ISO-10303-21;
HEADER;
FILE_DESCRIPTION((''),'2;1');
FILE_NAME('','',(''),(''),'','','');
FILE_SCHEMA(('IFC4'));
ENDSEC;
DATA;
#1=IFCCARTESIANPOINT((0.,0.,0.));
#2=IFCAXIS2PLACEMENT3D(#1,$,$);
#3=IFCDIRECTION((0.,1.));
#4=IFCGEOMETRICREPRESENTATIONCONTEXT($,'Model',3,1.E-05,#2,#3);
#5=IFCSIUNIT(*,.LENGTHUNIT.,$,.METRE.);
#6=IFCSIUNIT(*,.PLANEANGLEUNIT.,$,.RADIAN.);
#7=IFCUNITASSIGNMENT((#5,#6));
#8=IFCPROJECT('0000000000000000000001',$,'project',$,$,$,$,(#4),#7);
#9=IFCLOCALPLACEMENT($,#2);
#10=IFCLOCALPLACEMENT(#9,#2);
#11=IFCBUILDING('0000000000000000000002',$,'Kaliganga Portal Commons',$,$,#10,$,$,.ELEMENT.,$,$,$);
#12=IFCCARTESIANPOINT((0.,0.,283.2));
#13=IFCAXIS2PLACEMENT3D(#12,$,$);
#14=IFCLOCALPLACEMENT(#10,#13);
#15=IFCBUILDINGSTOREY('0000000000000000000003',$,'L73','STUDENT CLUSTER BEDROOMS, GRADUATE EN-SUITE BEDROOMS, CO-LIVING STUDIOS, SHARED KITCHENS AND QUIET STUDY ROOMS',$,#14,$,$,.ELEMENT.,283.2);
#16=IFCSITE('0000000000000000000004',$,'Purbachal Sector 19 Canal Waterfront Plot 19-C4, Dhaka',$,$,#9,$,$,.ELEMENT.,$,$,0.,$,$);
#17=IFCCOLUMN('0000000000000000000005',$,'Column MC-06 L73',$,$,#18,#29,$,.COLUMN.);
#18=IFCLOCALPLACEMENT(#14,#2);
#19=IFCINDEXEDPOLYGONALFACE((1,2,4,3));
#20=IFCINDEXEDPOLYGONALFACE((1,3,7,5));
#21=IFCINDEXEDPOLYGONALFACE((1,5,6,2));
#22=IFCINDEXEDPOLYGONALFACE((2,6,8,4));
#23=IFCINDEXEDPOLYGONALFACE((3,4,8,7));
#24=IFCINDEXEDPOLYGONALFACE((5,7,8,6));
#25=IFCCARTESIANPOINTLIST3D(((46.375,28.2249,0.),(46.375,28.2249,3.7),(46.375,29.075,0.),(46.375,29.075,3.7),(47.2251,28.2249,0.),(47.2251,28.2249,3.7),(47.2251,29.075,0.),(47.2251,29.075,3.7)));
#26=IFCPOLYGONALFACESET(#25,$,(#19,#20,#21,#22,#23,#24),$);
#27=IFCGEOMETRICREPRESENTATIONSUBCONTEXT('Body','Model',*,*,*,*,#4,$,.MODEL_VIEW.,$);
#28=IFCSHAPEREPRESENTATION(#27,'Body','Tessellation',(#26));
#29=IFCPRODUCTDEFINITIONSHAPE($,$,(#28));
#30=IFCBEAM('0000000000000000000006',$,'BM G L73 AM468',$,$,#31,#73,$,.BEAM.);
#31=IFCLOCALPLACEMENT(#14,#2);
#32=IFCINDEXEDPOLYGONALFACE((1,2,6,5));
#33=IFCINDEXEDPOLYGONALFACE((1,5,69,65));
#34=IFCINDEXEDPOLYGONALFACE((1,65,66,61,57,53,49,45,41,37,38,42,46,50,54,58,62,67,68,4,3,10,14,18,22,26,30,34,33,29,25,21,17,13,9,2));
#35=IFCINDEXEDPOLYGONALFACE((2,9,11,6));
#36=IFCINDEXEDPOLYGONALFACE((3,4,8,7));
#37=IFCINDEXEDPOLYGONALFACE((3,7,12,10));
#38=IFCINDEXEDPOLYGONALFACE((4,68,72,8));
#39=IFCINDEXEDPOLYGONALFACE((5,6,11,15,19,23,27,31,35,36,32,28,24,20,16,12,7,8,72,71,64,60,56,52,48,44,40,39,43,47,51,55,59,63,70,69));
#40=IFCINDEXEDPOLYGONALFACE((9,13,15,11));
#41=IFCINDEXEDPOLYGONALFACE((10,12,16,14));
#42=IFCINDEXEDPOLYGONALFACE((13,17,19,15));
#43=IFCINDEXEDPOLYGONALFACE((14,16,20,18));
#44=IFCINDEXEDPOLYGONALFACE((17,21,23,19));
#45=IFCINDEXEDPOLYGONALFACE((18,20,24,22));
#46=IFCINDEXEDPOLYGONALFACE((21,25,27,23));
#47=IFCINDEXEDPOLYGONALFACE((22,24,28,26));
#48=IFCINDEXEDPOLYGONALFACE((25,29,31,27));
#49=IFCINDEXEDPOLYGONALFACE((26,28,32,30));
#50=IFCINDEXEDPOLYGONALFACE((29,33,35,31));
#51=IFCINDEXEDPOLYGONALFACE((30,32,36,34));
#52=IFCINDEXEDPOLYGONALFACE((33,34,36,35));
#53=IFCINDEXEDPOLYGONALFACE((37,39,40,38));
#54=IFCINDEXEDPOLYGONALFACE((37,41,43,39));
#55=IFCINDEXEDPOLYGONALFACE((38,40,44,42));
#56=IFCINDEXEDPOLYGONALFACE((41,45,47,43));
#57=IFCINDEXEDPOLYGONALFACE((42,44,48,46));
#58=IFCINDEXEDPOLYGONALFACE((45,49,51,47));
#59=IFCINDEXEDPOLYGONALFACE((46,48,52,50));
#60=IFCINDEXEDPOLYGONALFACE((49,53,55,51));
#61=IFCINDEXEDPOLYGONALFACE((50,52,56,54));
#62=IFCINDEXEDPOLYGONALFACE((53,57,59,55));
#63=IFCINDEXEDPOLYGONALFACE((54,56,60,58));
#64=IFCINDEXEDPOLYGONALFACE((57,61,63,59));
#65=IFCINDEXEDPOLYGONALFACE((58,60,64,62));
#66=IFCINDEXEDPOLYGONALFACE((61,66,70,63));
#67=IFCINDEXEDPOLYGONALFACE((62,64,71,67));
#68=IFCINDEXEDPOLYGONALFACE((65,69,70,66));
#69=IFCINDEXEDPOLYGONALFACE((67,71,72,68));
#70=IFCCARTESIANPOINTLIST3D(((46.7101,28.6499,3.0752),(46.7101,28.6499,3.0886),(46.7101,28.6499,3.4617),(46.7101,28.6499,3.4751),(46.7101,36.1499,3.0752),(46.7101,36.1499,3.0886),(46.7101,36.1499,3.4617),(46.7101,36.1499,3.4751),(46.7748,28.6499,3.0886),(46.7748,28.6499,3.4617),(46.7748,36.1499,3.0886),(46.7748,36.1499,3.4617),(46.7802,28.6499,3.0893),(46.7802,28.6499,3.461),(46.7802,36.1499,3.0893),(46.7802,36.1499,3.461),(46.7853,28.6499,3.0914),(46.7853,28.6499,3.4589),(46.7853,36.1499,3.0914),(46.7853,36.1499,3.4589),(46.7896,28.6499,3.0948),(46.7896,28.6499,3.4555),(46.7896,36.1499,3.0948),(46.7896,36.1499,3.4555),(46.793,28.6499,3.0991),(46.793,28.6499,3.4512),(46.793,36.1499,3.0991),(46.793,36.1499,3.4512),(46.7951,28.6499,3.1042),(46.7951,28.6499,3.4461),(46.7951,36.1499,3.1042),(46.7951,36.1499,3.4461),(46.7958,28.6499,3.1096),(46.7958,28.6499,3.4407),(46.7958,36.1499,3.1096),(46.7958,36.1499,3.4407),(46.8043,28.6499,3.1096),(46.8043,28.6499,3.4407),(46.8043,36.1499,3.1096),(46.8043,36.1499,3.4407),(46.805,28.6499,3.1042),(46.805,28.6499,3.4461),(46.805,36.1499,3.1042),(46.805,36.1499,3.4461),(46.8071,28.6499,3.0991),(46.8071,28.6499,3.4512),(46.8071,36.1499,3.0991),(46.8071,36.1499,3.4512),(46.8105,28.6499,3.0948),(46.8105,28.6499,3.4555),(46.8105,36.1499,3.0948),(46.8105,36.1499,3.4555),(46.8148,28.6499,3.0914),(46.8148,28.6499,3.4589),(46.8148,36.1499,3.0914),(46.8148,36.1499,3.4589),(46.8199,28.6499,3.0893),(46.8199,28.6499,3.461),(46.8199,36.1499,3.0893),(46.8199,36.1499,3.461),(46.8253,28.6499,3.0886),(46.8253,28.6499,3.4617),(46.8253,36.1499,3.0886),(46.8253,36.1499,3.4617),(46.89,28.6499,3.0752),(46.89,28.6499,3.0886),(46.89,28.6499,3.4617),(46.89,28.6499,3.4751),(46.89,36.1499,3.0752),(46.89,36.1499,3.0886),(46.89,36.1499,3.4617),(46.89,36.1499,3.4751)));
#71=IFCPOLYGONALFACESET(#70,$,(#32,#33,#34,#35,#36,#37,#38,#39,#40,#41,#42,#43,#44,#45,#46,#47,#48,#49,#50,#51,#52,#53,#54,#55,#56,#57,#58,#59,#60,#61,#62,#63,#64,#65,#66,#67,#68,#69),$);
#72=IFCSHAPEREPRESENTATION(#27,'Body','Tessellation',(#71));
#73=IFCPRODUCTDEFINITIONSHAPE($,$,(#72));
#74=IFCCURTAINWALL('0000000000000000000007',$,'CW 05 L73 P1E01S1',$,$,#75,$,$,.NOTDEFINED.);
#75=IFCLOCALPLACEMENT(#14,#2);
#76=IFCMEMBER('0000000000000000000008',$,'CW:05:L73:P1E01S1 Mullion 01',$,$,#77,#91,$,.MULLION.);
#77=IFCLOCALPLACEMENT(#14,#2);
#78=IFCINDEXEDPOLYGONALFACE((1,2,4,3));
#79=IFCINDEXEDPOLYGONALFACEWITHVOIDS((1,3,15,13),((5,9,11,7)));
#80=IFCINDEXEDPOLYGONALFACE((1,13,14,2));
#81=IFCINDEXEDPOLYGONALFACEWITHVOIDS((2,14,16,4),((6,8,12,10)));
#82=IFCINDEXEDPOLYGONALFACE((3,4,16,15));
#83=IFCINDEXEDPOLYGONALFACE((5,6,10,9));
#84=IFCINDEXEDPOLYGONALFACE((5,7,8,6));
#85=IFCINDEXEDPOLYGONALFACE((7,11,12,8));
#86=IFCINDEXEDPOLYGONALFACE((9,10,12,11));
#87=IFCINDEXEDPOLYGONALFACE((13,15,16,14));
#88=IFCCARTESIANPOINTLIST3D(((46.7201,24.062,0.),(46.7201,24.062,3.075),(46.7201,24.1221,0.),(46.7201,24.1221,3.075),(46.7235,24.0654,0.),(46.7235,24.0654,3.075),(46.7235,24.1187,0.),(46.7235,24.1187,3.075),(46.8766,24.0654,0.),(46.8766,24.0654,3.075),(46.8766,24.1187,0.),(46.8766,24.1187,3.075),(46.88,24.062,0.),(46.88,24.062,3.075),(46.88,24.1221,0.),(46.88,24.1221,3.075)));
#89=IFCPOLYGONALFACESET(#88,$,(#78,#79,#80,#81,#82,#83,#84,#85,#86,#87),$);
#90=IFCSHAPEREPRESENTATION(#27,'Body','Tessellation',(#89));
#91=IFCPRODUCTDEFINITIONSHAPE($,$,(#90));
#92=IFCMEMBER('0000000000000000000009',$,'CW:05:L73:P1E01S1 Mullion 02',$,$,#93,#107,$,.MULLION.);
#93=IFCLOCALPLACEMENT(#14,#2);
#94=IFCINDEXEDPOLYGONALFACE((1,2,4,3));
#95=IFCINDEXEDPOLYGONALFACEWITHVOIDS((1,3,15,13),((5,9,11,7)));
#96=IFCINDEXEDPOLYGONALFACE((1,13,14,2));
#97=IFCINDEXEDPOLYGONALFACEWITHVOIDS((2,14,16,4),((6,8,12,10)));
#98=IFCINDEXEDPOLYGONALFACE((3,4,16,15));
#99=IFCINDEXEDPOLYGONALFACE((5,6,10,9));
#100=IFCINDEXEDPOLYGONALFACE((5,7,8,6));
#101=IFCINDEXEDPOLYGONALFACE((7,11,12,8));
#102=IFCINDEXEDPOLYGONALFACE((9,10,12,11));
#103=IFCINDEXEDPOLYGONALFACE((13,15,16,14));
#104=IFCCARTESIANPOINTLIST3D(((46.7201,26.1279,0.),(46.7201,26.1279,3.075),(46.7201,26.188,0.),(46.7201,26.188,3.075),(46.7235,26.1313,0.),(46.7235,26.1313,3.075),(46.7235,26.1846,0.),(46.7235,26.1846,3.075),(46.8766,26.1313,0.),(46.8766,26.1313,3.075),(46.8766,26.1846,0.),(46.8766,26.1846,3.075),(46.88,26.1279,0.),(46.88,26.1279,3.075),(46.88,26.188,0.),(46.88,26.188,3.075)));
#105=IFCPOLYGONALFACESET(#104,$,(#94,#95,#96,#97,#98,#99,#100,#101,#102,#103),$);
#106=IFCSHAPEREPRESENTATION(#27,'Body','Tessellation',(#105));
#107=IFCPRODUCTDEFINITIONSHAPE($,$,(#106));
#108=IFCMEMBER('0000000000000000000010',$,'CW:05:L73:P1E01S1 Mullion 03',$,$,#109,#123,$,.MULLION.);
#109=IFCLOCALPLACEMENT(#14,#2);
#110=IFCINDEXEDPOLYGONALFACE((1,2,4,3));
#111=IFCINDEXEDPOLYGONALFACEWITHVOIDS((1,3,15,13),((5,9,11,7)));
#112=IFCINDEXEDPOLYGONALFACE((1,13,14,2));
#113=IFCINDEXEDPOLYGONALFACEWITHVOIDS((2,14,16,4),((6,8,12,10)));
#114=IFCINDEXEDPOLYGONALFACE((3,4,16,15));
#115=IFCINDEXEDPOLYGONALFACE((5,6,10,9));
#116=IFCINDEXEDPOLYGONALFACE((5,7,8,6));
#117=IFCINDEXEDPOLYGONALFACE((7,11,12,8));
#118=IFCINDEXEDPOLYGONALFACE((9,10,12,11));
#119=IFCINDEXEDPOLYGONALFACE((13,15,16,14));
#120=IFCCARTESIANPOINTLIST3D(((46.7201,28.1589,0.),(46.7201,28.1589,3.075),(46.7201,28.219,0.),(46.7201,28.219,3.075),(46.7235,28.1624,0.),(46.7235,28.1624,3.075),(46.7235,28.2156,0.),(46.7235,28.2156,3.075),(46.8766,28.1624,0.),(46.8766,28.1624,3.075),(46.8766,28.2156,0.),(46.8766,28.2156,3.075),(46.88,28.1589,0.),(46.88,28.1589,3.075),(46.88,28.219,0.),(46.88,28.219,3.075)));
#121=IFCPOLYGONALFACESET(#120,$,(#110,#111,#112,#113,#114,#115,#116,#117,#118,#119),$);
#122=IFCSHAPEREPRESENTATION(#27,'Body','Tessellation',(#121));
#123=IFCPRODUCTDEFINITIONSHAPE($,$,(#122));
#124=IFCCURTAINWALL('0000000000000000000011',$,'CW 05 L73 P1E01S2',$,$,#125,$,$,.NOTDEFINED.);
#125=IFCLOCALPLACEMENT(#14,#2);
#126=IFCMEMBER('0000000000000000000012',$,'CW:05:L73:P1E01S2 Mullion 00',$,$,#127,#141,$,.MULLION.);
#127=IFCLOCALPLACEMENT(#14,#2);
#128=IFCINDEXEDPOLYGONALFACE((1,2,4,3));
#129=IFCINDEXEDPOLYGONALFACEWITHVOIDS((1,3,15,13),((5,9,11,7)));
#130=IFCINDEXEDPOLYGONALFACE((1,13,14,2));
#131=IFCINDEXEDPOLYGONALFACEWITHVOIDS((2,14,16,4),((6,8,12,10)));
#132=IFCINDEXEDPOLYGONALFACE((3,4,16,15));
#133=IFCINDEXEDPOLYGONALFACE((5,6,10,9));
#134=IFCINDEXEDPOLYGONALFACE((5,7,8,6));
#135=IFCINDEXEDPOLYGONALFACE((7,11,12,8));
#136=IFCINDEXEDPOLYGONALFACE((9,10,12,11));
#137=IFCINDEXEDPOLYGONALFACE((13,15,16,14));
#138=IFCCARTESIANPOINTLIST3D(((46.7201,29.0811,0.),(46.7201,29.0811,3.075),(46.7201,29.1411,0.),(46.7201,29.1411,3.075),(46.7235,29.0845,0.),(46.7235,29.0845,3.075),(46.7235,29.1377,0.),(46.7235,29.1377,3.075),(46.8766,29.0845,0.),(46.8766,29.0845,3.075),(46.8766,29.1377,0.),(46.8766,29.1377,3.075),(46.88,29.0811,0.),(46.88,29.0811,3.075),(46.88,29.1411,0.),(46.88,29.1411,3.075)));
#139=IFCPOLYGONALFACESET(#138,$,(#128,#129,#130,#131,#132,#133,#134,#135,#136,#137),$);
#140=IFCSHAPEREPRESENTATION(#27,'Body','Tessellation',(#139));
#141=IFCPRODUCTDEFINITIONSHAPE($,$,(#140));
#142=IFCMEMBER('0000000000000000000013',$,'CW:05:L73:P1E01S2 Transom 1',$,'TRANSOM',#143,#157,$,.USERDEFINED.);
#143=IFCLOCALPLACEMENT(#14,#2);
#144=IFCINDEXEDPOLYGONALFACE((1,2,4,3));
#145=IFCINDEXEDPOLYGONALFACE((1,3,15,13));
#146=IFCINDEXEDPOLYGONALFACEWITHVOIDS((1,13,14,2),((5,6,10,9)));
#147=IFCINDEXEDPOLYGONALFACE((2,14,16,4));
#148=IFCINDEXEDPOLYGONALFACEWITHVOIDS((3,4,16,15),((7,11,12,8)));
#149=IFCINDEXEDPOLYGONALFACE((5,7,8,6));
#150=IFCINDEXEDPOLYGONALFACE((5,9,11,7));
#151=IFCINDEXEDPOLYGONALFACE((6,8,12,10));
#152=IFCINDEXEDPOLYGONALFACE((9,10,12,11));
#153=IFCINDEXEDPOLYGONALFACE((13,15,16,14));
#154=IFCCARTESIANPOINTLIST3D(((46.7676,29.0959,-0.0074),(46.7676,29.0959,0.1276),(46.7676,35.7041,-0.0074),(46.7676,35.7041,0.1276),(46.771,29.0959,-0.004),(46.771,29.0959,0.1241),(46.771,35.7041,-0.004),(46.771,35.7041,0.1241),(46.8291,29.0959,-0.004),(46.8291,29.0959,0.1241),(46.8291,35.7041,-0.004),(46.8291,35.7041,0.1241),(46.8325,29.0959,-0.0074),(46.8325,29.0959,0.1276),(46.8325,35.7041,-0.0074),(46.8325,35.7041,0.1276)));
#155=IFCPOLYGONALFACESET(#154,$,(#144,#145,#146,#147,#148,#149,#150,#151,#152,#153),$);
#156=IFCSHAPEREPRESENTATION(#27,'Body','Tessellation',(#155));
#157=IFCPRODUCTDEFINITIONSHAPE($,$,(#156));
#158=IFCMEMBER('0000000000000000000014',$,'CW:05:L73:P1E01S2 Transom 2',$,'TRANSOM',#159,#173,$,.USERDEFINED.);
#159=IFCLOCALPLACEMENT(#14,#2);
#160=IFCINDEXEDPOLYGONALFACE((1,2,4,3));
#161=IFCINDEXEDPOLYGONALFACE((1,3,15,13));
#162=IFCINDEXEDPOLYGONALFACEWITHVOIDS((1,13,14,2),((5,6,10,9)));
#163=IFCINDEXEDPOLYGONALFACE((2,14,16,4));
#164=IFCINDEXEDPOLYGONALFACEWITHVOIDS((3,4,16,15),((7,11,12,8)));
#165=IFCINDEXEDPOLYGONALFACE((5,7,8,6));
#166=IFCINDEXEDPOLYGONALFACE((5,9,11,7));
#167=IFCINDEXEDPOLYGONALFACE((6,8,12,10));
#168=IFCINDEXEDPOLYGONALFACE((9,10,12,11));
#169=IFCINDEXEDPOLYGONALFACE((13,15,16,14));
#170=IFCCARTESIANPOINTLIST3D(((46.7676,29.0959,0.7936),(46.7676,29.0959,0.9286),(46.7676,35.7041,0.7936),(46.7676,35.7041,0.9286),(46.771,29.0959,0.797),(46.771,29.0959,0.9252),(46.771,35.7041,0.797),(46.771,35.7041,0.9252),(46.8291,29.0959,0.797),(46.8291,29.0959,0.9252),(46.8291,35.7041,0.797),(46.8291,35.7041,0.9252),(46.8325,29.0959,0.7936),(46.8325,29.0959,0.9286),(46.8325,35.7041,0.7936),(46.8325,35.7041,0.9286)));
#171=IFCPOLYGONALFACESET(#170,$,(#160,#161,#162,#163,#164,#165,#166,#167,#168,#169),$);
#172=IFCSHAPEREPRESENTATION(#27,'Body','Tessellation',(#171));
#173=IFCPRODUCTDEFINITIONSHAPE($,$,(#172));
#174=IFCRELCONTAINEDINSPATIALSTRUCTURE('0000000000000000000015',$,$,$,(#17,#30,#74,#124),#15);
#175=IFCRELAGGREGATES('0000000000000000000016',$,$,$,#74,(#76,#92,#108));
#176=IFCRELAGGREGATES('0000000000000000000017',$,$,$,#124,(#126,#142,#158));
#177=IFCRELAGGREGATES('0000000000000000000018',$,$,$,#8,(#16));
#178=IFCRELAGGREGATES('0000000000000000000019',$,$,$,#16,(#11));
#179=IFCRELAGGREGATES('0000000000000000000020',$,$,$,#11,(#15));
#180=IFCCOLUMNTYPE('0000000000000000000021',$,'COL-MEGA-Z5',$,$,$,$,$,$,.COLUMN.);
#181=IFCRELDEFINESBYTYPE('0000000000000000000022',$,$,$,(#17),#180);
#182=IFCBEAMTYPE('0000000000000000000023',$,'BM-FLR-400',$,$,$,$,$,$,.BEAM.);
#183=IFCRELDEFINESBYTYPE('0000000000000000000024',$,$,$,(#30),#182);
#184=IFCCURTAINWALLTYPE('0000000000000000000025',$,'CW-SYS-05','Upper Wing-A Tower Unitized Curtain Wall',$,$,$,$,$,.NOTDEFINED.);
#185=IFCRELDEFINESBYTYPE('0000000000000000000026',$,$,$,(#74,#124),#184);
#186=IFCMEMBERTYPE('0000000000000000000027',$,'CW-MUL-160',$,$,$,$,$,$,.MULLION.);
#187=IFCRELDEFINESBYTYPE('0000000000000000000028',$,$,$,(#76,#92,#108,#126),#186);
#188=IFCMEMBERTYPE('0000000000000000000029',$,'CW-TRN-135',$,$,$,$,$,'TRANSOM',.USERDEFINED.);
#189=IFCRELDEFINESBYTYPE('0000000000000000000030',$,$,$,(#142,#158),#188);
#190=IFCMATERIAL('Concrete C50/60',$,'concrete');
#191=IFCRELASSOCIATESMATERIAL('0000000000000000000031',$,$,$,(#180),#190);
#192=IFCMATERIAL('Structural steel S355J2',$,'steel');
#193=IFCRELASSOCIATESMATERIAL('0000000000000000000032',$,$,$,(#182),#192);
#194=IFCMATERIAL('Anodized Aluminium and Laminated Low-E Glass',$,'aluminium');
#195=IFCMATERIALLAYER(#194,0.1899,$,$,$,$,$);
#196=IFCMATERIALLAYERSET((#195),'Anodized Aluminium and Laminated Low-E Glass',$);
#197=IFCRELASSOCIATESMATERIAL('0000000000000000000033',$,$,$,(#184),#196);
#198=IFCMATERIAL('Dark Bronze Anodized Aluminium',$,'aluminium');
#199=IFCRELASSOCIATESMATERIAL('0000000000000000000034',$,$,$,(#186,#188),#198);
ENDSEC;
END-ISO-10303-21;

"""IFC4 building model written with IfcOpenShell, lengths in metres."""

from ifc_helpers import new_model, si_unit, direction, frame, origin, origin_2d, place, context, subcontext, project, spatial, rectangle, hollow_rectangle, i_section, extrude, source, transform, mapped, material, layer, layer_set, material_profile, profile_set, type_object, element, aggregate, save


model = new_model("IFC4")

# Units and contexts
model_context = context("Model", 3, precision=1e-05, world=origin(), true_north=direction((0.0, 1.0)))
body_context = subcontext(model_context, "Body", "Model", "MODEL_VIEW")
ifc_project = project(units=[si_unit("LENGTHUNIT", "METRE"), si_unit("PLANEANGLEUNIT", "RADIAN")], contexts=[model_context])

# Site, building, storey
site_placement = place(None, origin())
site = spatial("IfcSite", under=ifc_project, at=site_placement, Name="Purbachal Sector 19 Canal Waterfront Plot 19-C4, Dhaka", CompositionType="ELEMENT", RefElevation=0.0)
building_placement = place(site_placement, origin())
building = spatial("IfcBuilding", under=site, at=building_placement, Name="Kaliganga Portal Commons", CompositionType="ELEMENT")
storey_placement = place(building_placement, frame((0.0, 0.0, 283.2)))
storey = spatial("IfcBuildingStorey", under=building, at=storey_placement, Name="L73", Description="STUDENT CLUSTER BEDROOMS, GRADUATE EN-SUITE BEDROOMS, CO-LIVING STUDIOS, SHARED KITCHENS AND QUIET STUDY ROOMS", CompositionType="ELEMENT", Elevation=283.2)

# Column
ifc_material_1 = material(Name="Concrete C50/60", Category="concrete")
ifc_material_profile_1 = material_profile(ifc_material_1, rectangle(XDim=0.8501, YDim=0.8501, at=origin_2d()), Name="RC 850x850")
ifc_profile_set_1 = profile_set([ifc_material_profile_1], Name="Concrete C50/60")
column_type = type_object("IfcColumnType", Name="COL-MEGA-Z5", PredefinedType="COLUMN", material=ifc_profile_set_1)
shared_shape_1 = source(origin(), body_context, "Body", "SweptSolid", [
    extrude(rectangle(XDim=0.8501, YDim=0.8501, at=origin_2d()), origin(), (0.0, 0.0, 1.0), 3.7),
])
column_placement = place(storey_placement, frame((46.8, 28.6499, 0.0), z_axis=(0.0, 0.0, 1.0), x_axis=(1.0, 0.0, 0.0)))
element("IfcColumn", 1, at=column_placement, inside=storey, type_object=column_type, Name="Column MC-06 L73", PredefinedType="COLUMN", context=body_context, shape_type="MappedRepresentation", body=[
    mapped(shared_shape_1, transform((0.0, 0.0, 0.0), x_axis=(1.0, 0.0, 0.0), y_axis=(0.0, 1.0, 0.0), z_axis=(0.0, 0.0, 1.0), scale=1.0)),
])

# Beam
ifc_material_2 = material(Name="Structural steel S355J2", Category="steel")
ifc_material_profile_2 = material_profile(ifc_material_2, i_section(OverallWidth=0.1799, OverallDepth=0.3999, WebThickness=0.0085, FlangeThickness=0.0134, FilletRadius=0.021, at=origin_2d()), Name="IPE 400")
ifc_profile_set_2 = profile_set([ifc_material_profile_2], Name="Structural steel S355J2 wide-flange")
beam_type = type_object("IfcBeamType", Name="BM-FLR-400", PredefinedType="BEAM", material=ifc_profile_set_2)
shared_shape_2 = source(origin(), body_context, "Body", "SweptSolid", [
    extrude(i_section(OverallWidth=0.1799, OverallDepth=0.3999, WebThickness=0.0085, FlangeThickness=0.0134, FilletRadius=0.021, at=origin_2d()), origin(), (0.0, 0.0, 1.0), 7.5),
])
beam_placement = place(storey_placement, frame((46.8, 28.6499, 3.2751), z_axis=(0.0, 1.0, 0.0), x_axis=(-1.0, 0.0, 0.0)))
element("IfcBeam", 2, at=beam_placement, inside=storey, type_object=beam_type, Name="BM G L73 AM468", PredefinedType="BEAM", context=body_context, shape_type="MappedRepresentation", body=[
    mapped(shared_shape_2, transform((0.0, 0.0, 0.0), x_axis=(1.0, 0.0, 0.0), y_axis=(0.0, 1.0, 0.0), z_axis=(0.0, 0.0, 1.0), scale=1.0)),
])

# Curtain walls, members
ifc_material_3 = material(Name="Anodized Aluminium and Laminated Low-E Glass", Category="aluminium")
ifc_layer_1 = layer(ifc_material_3, 0.1899)
ifc_layer_set_1 = layer_set([ifc_layer_1], Name="Anodized Aluminium and Laminated Low-E Glass")
curtain_wall_type = type_object("IfcCurtainWallType", Name="CW-SYS-05", Description="Upper Wing-A Tower Unitized Curtain Wall", PredefinedType="NOTDEFINED", material=ifc_layer_set_1)
curtain_wall_1_placement = place(storey_placement, origin())
curtain_wall_1 = element("IfcCurtainWall", 3, at=curtain_wall_1_placement, inside=storey, type_object=curtain_wall_type, Name="CW 05 L73 P1E01S1", PredefinedType="NOTDEFINED")
ifc_material_4 = material(Name="Dark Bronze Anodized Aluminium", Category="aluminium")
ifc_material_profile_3 = material_profile(ifc_material_4, hollow_rectangle(XDim=0.0601, YDim=0.1599, WallThickness=0.0034, at=origin_2d()), Name="ALU MULL 60x160x3.5")
ifc_profile_set_3 = profile_set([ifc_material_profile_3], Name="Dark Bronze Anodized Aluminium")
member_type_1 = type_object("IfcMemberType", Name="CW-MUL-160", PredefinedType="MULLION", material=ifc_profile_set_3)
shared_shape_3 = source(origin(), body_context, "Body", "SweptSolid", [
    extrude(hollow_rectangle(XDim=0.0601, YDim=0.1599, WallThickness=0.0034, at=origin_2d()), origin(), (0.0, 0.0, 1.0), 3.075),
])
member_1_placement = place(storey_placement, frame((46.8, 24.092, 0.0), z_axis=(0.0, 0.0, 1.0), x_axis=(0.0, 1.0, 0.0)))
member_1 = element("IfcMember", 4, at=member_1_placement, type_object=member_type_1, Name="CW:05:L73:P1E01S1 Mullion 01", PredefinedType="MULLION", context=body_context, shape_type="MappedRepresentation", body=[
    mapped(shared_shape_3, transform((0.0, 0.0, 0.0), x_axis=(1.0, 0.0, 0.0), y_axis=(0.0, 1.0, 0.0), z_axis=(0.0, 0.0, 1.0), scale=1.0)),
])
member_2_placement = place(storey_placement, frame((46.8, 26.158, 0.0), z_axis=(0.0, 0.0, 1.0), x_axis=(0.0, 1.0, 0.0)))
member_2 = element("IfcMember", 5, at=member_2_placement, type_object=member_type_1, Name="CW:05:L73:P1E01S1 Mullion 02", PredefinedType="MULLION", context=body_context, shape_type="MappedRepresentation", body=[
    mapped(shared_shape_3, transform((0.0, 0.0, 0.0), x_axis=(1.0, 0.0, 0.0), y_axis=(0.0, 1.0, 0.0), z_axis=(0.0, 0.0, 1.0), scale=1.0)),
])
member_3_placement = place(storey_placement, frame((46.8, 28.189, 0.0), z_axis=(0.0, 0.0, 1.0), x_axis=(0.0, 1.0, 0.0)))
member_3 = element("IfcMember", 6, at=member_3_placement, type_object=member_type_1, Name="CW:05:L73:P1E01S1 Mullion 03", PredefinedType="MULLION", context=body_context, shape_type="MappedRepresentation", body=[
    mapped(shared_shape_3, transform((0.0, 0.0, 0.0), x_axis=(1.0, 0.0, 0.0), y_axis=(0.0, 1.0, 0.0), z_axis=(0.0, 0.0, 1.0), scale=1.0)),
])
curtain_wall_2_placement = place(storey_placement, origin())
curtain_wall_2 = element("IfcCurtainWall", 7, at=curtain_wall_2_placement, inside=storey, type_object=curtain_wall_type, Name="CW 05 L73 P1E01S2", PredefinedType="NOTDEFINED")
member_4_placement = place(storey_placement, frame((46.8, 29.1111, 0.0), z_axis=(0.0, 0.0, 1.0), x_axis=(0.0, 1.0, 0.0)))
member_4 = element("IfcMember", 8, at=member_4_placement, type_object=member_type_1, Name="CW:05:L73:P1E01S2 Mullion 00", PredefinedType="MULLION", context=body_context, shape_type="MappedRepresentation", body=[
    mapped(shared_shape_3, transform((0.0, 0.0, 0.0), x_axis=(1.0, 0.0, 0.0), y_axis=(0.0, 1.0, 0.0), z_axis=(0.0, 0.0, 1.0), scale=1.0)),
])
ifc_material_profile_4 = material_profile(ifc_material_4, hollow_rectangle(XDim=0.0649, YDim=0.135, WallThickness=0.0034, at=origin_2d()), Name="ALU TRAN 65x135x3.5")
ifc_profile_set_4 = profile_set([ifc_material_profile_4], Name="Dark Bronze Anodized Aluminium")
member_type_2 = type_object("IfcMemberType", Name="CW-TRN-135", ElementType="TRANSOM", PredefinedType="USERDEFINED", material=ifc_profile_set_4)
shared_shape_4 = source(origin(), body_context, "Body", "SweptSolid", [
    extrude(hollow_rectangle(XDim=0.0649, YDim=0.135, WallThickness=0.0034, at=origin_2d()), origin(), (0.0, 0.0, 1.0), 6.6082),
])
member_5_placement = place(storey_placement, frame((46.8, 29.0959, 0.0601), z_axis=(0.0, 1.0, 0.0), x_axis=(-1.0, 0.0, 0.0)))
member_5 = element("IfcMember", 9, at=member_5_placement, type_object=member_type_2, Name="CW:05:L73:P1E01S2 Transom 1", ObjectType="TRANSOM", PredefinedType="USERDEFINED", context=body_context, shape_type="MappedRepresentation", body=[
    mapped(shared_shape_4, transform((0.0, 0.0, 0.0), x_axis=(1.0, 0.0, 0.0), y_axis=(0.0, 1.0, 0.0), z_axis=(0.0, 0.0, 1.0), scale=1.0)),
])
member_6_placement = place(storey_placement, frame((46.8, 29.0959, 0.8611), z_axis=(0.0, 1.0, 0.0), x_axis=(-1.0, 0.0, 0.0)))
member_6 = element("IfcMember", 10, at=member_6_placement, type_object=member_type_2, Name="CW:05:L73:P1E01S2 Transom 2", ObjectType="TRANSOM", PredefinedType="USERDEFINED", context=body_context, shape_type="MappedRepresentation", body=[
    mapped(shared_shape_4, transform((0.0, 0.0, 0.0), x_axis=(1.0, 0.0, 0.0), y_axis=(0.0, 1.0, 0.0), z_axis=(0.0, 0.0, 1.0), scale=1.0)),
])

aggregate(curtain_wall_1, [member_1, member_2, member_3])
aggregate(curtain_wall_2, [member_4, member_5, member_6])

save(model, "model.ifc")
